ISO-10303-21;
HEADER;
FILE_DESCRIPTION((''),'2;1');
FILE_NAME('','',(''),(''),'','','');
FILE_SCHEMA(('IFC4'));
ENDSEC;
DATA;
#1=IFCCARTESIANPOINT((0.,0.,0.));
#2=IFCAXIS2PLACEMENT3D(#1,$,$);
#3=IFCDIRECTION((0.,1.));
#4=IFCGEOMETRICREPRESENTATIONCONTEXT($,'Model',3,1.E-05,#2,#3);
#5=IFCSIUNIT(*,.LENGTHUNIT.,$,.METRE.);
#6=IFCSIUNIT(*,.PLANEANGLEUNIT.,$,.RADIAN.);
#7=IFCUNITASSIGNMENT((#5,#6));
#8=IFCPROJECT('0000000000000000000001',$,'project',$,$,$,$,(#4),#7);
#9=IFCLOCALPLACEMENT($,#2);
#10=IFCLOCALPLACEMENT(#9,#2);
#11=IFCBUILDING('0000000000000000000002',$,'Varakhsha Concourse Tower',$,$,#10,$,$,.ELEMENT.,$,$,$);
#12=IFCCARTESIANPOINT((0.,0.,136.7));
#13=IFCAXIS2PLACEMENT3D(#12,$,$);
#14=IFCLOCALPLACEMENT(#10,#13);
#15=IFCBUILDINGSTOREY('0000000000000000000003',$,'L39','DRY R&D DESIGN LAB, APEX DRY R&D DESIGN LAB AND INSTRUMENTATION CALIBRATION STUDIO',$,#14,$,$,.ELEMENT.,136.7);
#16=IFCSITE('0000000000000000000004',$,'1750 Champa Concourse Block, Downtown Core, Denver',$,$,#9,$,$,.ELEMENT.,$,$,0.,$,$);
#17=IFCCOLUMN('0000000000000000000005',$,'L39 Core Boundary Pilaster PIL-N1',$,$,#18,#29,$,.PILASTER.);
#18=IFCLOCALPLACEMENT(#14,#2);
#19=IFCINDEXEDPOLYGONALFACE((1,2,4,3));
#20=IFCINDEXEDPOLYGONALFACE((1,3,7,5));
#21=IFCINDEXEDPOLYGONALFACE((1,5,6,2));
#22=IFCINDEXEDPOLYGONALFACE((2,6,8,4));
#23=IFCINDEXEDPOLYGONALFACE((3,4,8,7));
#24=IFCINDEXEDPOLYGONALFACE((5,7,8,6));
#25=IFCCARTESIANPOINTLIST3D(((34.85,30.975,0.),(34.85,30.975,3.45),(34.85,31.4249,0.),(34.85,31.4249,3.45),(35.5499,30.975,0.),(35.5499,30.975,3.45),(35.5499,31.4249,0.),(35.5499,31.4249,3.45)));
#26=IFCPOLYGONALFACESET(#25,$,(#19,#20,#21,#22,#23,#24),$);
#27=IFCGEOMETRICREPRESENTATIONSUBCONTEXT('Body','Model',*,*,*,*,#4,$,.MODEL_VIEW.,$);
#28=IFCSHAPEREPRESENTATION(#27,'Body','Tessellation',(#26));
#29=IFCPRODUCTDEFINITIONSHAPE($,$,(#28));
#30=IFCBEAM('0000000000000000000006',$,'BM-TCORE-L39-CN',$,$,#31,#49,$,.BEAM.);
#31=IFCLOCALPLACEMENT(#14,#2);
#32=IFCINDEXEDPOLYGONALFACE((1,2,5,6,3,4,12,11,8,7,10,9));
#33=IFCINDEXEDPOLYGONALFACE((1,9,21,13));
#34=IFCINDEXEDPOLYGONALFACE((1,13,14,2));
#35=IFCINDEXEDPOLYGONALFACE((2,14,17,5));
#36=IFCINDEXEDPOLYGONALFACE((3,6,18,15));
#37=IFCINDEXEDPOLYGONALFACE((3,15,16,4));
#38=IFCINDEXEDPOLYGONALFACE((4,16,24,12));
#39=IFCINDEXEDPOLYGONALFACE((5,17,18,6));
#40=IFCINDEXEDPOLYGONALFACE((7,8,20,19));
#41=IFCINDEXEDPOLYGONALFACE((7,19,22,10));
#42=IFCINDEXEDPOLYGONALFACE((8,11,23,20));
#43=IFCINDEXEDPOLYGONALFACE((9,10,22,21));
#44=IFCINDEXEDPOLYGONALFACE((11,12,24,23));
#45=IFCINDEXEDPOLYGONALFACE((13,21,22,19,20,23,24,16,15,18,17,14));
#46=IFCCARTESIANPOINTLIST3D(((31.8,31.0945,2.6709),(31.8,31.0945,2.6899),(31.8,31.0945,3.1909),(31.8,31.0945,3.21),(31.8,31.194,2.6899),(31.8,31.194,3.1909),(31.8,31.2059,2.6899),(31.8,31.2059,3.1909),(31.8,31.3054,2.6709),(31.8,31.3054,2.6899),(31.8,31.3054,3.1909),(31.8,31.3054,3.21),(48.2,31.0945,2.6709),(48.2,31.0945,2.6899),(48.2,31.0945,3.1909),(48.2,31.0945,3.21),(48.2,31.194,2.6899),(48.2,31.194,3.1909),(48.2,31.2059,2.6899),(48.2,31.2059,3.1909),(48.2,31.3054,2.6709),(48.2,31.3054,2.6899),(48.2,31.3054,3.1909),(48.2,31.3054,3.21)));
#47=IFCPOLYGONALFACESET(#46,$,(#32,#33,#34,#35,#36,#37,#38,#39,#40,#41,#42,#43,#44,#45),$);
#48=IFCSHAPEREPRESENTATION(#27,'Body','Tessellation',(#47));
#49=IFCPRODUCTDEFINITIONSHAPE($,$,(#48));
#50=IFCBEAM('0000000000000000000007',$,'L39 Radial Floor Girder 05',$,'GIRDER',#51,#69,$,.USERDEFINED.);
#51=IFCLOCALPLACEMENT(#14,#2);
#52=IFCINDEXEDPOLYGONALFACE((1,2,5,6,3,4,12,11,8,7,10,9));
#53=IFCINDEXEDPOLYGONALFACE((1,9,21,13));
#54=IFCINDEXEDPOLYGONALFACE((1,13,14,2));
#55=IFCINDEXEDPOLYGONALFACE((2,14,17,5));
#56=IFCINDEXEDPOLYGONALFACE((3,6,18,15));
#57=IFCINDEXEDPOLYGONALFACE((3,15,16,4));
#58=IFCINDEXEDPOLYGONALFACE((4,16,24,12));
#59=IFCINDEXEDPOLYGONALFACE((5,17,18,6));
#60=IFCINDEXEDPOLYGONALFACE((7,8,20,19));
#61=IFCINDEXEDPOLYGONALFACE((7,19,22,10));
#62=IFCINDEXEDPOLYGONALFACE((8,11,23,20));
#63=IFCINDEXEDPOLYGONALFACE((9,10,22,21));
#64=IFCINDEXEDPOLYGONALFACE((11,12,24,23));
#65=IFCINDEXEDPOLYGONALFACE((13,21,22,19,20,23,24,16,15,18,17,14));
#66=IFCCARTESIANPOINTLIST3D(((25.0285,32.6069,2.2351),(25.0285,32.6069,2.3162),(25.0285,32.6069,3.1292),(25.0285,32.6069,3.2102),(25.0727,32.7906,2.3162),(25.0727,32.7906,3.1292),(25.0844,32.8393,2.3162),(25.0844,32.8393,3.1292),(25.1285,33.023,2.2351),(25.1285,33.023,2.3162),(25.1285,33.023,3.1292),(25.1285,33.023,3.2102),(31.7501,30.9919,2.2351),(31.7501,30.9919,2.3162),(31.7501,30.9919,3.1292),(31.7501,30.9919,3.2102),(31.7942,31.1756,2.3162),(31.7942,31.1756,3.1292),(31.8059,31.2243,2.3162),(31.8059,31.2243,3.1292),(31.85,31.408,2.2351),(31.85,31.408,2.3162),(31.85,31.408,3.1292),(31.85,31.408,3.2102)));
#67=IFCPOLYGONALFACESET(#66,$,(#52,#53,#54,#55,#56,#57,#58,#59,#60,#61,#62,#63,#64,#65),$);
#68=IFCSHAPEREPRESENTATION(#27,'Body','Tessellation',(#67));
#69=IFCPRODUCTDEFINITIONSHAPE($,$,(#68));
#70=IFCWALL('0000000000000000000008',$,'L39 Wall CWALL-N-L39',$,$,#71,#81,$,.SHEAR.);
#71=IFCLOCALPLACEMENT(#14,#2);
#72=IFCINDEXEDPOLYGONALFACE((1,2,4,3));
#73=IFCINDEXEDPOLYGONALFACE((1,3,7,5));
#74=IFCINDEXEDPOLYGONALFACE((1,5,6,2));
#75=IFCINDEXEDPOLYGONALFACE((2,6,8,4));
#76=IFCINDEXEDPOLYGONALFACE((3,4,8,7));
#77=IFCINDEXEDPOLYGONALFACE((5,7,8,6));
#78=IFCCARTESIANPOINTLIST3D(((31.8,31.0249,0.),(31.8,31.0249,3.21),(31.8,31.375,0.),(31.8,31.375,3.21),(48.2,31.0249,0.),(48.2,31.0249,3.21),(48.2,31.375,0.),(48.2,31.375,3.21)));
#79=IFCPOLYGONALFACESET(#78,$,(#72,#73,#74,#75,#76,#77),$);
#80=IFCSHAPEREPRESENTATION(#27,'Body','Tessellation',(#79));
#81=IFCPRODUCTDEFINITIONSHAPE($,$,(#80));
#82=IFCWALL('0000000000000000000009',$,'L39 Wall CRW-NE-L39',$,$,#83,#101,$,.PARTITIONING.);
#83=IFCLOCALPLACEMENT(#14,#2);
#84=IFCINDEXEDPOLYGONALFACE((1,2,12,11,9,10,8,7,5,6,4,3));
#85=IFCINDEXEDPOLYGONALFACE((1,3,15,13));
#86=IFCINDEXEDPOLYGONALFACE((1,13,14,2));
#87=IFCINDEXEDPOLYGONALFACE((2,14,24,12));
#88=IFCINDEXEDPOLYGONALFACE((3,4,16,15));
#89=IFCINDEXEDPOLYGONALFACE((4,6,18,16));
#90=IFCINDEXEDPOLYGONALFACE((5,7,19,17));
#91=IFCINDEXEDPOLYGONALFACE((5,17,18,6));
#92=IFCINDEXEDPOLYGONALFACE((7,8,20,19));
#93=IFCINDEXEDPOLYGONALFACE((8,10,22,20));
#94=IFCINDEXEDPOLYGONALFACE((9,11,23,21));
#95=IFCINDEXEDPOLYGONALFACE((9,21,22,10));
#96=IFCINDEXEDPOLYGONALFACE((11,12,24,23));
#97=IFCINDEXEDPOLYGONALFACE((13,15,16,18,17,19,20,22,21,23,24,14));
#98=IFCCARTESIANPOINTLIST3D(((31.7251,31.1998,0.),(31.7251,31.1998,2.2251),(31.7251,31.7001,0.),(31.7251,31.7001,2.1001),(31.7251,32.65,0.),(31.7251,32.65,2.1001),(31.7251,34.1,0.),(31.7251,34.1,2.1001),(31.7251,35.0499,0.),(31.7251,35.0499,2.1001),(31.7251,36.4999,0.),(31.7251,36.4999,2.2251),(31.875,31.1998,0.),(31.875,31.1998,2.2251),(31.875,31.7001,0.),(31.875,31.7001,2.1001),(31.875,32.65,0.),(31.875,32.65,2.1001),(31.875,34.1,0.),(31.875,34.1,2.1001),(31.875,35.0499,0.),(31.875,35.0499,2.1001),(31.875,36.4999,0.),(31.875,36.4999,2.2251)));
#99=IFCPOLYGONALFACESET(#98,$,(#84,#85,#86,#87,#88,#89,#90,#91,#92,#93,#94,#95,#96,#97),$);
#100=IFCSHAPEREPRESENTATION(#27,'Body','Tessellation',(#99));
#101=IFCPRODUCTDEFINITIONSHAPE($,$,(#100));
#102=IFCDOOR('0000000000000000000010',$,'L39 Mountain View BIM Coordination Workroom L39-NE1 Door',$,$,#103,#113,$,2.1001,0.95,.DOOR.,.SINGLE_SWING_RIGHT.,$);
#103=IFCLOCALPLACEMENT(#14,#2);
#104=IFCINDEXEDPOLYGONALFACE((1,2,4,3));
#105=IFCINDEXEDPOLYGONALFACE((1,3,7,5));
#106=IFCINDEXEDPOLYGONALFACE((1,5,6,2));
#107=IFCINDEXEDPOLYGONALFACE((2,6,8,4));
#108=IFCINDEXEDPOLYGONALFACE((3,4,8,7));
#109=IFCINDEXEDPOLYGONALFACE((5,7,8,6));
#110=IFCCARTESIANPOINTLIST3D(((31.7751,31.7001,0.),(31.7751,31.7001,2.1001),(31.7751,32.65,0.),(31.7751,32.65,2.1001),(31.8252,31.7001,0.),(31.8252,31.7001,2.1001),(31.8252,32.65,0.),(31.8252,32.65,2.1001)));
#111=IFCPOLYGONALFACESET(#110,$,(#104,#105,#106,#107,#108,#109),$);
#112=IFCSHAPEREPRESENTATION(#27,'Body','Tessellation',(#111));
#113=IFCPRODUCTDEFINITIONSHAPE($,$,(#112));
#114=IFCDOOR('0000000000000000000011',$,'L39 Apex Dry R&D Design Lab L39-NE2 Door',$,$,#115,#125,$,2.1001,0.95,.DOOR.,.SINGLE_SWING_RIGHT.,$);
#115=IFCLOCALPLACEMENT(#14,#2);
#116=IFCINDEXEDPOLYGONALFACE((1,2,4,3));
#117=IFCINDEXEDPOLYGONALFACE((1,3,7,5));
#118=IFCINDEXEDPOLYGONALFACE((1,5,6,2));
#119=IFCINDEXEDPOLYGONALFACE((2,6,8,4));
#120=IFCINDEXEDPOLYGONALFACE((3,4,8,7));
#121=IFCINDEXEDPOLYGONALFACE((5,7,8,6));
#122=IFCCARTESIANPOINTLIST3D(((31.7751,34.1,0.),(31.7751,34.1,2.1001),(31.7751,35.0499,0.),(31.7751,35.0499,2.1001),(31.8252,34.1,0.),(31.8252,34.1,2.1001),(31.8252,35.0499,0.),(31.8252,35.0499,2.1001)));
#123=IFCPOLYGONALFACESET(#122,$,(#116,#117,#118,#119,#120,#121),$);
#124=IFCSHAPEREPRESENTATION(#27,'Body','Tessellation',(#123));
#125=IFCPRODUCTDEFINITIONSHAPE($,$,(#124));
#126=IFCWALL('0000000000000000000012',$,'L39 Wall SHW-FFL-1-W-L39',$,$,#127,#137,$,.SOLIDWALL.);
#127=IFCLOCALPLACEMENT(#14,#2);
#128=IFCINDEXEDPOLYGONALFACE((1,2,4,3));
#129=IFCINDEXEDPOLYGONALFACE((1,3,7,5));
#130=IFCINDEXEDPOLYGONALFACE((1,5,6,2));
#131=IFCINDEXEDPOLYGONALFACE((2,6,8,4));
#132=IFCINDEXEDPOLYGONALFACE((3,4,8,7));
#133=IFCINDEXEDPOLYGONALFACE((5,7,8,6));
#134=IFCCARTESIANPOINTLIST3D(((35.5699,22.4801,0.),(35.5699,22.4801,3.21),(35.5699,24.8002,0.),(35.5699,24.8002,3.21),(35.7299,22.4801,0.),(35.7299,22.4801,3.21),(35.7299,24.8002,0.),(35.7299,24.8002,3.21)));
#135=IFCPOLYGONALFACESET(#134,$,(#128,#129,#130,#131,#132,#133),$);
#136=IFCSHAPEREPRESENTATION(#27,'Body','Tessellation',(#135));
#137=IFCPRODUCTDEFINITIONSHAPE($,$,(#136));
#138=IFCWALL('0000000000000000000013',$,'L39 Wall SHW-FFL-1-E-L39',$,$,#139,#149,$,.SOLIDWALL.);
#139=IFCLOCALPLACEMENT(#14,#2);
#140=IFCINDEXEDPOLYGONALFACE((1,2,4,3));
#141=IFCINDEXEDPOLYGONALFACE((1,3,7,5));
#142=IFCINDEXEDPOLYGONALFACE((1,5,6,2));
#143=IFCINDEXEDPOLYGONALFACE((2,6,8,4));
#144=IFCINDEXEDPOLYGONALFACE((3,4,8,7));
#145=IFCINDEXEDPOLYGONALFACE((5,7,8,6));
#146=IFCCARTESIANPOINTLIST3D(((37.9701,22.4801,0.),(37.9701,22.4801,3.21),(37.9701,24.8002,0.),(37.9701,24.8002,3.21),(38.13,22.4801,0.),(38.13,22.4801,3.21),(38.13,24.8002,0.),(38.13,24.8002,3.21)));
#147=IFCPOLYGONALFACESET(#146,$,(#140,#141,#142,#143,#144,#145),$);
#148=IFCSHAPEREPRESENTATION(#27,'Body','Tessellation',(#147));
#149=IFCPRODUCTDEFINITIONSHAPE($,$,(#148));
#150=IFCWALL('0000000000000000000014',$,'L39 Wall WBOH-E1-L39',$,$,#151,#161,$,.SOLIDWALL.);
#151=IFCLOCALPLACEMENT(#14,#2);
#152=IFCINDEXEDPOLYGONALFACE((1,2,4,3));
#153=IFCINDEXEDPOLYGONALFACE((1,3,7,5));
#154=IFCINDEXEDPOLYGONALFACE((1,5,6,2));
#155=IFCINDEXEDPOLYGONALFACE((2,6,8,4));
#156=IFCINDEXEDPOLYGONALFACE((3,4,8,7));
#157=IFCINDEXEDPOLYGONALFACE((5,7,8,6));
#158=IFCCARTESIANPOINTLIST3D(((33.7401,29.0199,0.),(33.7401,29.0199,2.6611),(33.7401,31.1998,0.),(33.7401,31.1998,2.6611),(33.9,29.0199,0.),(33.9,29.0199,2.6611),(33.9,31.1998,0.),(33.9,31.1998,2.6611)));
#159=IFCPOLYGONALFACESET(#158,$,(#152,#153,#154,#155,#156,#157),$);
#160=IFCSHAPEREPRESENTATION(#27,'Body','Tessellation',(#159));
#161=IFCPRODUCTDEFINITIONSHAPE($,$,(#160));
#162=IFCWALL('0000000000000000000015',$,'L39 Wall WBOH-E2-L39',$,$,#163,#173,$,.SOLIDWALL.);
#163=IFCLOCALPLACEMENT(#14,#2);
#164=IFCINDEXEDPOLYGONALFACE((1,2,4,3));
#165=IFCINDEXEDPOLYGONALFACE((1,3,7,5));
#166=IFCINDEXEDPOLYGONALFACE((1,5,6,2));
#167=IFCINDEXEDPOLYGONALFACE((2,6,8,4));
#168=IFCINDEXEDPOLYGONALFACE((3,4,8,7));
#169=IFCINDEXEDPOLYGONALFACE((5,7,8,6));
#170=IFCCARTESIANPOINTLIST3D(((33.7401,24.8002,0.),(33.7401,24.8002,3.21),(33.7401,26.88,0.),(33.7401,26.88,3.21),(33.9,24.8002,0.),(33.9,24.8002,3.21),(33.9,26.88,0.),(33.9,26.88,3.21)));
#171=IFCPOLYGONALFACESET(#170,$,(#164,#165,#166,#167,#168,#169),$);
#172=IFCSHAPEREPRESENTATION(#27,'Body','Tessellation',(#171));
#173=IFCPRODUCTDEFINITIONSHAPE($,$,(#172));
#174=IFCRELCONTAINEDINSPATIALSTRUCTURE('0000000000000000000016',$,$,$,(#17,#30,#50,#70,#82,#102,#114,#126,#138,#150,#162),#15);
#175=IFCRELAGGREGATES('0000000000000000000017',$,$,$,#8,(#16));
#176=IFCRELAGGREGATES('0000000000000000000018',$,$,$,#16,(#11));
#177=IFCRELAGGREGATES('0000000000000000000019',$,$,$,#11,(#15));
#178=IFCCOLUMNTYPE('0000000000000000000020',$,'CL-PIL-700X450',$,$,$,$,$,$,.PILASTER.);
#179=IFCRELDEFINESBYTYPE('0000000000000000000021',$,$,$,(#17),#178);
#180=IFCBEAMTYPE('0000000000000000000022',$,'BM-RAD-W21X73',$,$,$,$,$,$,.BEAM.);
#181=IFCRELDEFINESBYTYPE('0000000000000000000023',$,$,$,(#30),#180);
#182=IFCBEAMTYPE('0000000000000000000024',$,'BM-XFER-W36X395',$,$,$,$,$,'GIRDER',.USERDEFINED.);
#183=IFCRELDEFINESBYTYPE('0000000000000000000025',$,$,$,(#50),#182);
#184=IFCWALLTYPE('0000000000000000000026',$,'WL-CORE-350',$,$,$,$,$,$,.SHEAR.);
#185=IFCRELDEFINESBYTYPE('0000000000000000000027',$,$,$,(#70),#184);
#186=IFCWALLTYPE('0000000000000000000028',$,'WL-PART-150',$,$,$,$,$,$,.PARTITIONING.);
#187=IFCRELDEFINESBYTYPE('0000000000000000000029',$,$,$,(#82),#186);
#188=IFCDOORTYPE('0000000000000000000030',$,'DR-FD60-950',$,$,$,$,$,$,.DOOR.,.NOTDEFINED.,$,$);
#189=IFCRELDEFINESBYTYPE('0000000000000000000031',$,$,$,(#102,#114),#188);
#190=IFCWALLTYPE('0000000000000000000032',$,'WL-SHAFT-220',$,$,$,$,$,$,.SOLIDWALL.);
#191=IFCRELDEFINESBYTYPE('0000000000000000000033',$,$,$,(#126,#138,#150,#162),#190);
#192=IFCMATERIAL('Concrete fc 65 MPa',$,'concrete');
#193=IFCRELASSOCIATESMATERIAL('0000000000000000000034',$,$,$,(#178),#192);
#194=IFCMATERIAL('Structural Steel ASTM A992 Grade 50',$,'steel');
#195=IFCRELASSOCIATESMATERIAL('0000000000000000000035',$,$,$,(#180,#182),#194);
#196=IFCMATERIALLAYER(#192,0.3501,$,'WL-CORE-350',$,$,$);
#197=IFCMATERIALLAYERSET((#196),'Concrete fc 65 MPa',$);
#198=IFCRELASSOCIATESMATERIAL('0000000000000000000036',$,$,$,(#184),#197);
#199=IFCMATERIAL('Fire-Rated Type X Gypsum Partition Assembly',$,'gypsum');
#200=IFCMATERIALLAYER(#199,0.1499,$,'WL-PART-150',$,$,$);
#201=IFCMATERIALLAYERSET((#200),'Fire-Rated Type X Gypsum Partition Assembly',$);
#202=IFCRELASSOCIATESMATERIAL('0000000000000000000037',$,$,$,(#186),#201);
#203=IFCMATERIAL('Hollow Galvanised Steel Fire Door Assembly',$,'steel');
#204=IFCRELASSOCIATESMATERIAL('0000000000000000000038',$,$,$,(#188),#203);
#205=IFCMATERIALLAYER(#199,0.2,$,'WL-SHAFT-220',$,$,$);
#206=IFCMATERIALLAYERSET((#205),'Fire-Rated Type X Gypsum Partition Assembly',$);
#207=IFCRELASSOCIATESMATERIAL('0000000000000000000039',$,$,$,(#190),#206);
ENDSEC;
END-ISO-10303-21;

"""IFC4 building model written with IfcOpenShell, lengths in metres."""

from ifc_helpers import new_model, si_unit, direction, frame, frame_2d, origin, origin_2d, place, context, subcontext, project, spatial, rectangle, i_section, extrude, material, layer, layer_set, material_profile, profile_set, type_object, element, fill, save


model = new_model("IFC4")

# Units and contexts
model_context = context("Model", 3, precision=1e-05, world=origin(), true_north=direction((0.0, 1.0)))
body_context = subcontext(model_context, "Body", "Model", "MODEL_VIEW")
ifc_project = project(units=[si_unit("LENGTHUNIT", "METRE"), si_unit("PLANEANGLEUNIT", "RADIAN")], contexts=[model_context])

# Site, building, storey
site_placement = place(None, origin())
site = spatial("IfcSite", under=ifc_project, at=site_placement, Name="1750 Champa Concourse Block, Downtown Core, Denver", CompositionType="ELEMENT", RefElevation=0.0)
building_placement = place(site_placement, origin())
building = spatial("IfcBuilding", under=site, at=building_placement, Name="Varakhsha Concourse Tower", CompositionType="ELEMENT")
storey_placement = place(building_placement, frame((0.0, 0.0, 136.7)))
storey = spatial("IfcBuildingStorey", under=building, at=storey_placement, Name="L39", Description="DRY R&D DESIGN LAB, APEX DRY R&D DESIGN LAB AND INSTRUMENTATION CALIBRATION STUDIO", CompositionType="ELEMENT", Elevation=136.7)

# Column
ifc_material_1 = material(Name="Concrete fc 65 MPa", Category="concrete")
ifc_material_profile_1 = material_profile(ifc_material_1, rectangle(XDim=0.7, YDim=0.45, at=origin_2d()), Name="RC 700x450")
ifc_profile_set_1 = profile_set([ifc_material_profile_1], Name="Concrete fc 65 MPa")
column_type = type_object("IfcColumnType", Name="CL-PIL-700X450", PredefinedType="PILASTER", material=ifc_profile_set_1)
column_placement = place(storey_placement, frame((35.2, 31.2, 0.0), z_axis=(0.0, 0.0, 1.0), x_axis=(1.0, 0.0, 0.0)))
element("IfcColumn", 1, at=column_placement, inside=storey, type_object=column_type, Name="L39 Core Boundary Pilaster PIL-N1", PredefinedType="PILASTER", context=body_context, shape_type="SweptSolid", body=[
    extrude(rectangle(XDim=0.7, YDim=0.45, at=origin_2d()), origin(), (0.0, 0.0, 1.0), 3.45),
])

# Beams
ifc_material_2 = material(Name="Structural Steel ASTM A992 Grade 50", Category="steel")
ifc_material_profile_2 = material_profile(ifc_material_2, i_section(OverallWidth=0.2109, OverallDepth=0.5391, WebThickness=0.012, FlangeThickness=0.019, at=origin_2d()), Name="W21X73")
ifc_profile_set_2 = profile_set([ifc_material_profile_2], Name="Structural Steel ASTM A992 Grade 50")
beam_type_1 = type_object("IfcBeamType", Name="BM-RAD-W21X73", PredefinedType="BEAM", material=ifc_profile_set_2)
beam_1_placement = place(storey_placement, frame((31.8, 31.2, 2.9404), z_axis=(1.0, 0.0, 0.0), x_axis=(0.0, 1.0, 0.0)))
element("IfcBeam", 2, at=beam_1_placement, inside=storey, type_object=beam_type_1, Name="BM-TCORE-L39-CN", PredefinedType="BEAM", context=body_context, shape_type="SweptSolid", body=[
    extrude(i_section(OverallWidth=0.2109, OverallDepth=0.5391, WebThickness=0.012, FlangeThickness=0.019, at=origin_2d()), origin(), (0.0, 0.0, 1.0), 16.3999),
])
ifc_material_profile_3 = material_profile(ifc_material_2, i_section(OverallWidth=0.428, OverallDepth=0.9751, WebThickness=0.05, FlangeThickness=0.0811, at=origin_2d()), Name="W36X395")
ifc_profile_set_3 = profile_set([ifc_material_profile_3], Name="Structural Steel ASTM A992 Grade 50")
beam_type_2 = type_object("IfcBeamType", Name="BM-XFER-W36X395", ElementType="GIRDER", PredefinedType="USERDEFINED", material=ifc_profile_set_3)
beam_2_placement = place(storey_placement, frame((31.8, 31.2, 2.7227), z_axis=(-0.972327, 0.233625, 0.0), x_axis=(-0.233625, -0.972327, 0.0)))
element("IfcBeam", 3, at=beam_2_placement, inside=storey, type_object=beam_type_2, Name="L39 Radial Floor Girder 05", ObjectType="GIRDER", PredefinedType="USERDEFINED", context=body_context, shape_type="SweptSolid", body=[
    extrude(i_section(OverallWidth=0.428, OverallDepth=0.9751, WebThickness=0.05, FlangeThickness=0.0811, at=origin_2d()), origin(), (0.0, 0.0, 1.0), 6.9128),
])

# Wall
ifc_layer_1 = layer(ifc_material_1, 0.3501, Name="WL-CORE-350")
ifc_layer_set_1 = layer_set([ifc_layer_1], Name="Concrete fc 65 MPa")
wall_type_1 = type_object("IfcWallType", Name="WL-CORE-350", PredefinedType="SHEAR", material=ifc_layer_set_1)
wall_1_placement = place(storey_placement, frame((31.8, 31.2, 0.0), z_axis=(0.0, 0.0, 1.0), x_axis=(1.0, 0.0, 0.0)))
element("IfcWall", 4, at=wall_1_placement, inside=storey, type_object=wall_type_1, Name="L39 Wall CWALL-N-L39", PredefinedType="SHEAR", context=body_context, shape_type="SweptSolid", body=[
    extrude(rectangle(XDim=16.3999, YDim=0.3501, at=frame_2d((8.2, 0.0))), origin(), (0.0, 0.0, 1.0), 3.21),
])

# Wall, openings, doors
ifc_material_3 = material(Name="Fire-Rated Type X Gypsum Partition Assembly", Category="gypsum")
ifc_layer_2 = layer(ifc_material_3, 0.1499, Name="WL-PART-150")
ifc_layer_set_2 = layer_set([ifc_layer_2], Name="Fire-Rated Type X Gypsum Partition Assembly")
wall_type_2 = type_object("IfcWallType", Name="WL-PART-150", PredefinedType="PARTITIONING", material=ifc_layer_set_2)
wall_2_placement = place(storey_placement, frame((31.8, 31.2, 0.0), z_axis=(0.0, 0.0, 1.0), x_axis=(0.0, 1.0, 0.0)))
wall_2 = element("IfcWall", 5, at=wall_2_placement, inside=storey, type_object=wall_type_2, Name="L39 Wall CRW-NE-L39", PredefinedType="PARTITIONING", context=body_context, shape_type="SweptSolid", body=[
    extrude(rectangle(XDim=5.3, YDim=0.1499, at=frame_2d((2.6499, 0.0))), origin(), (0.0, 0.0, 1.0), 2.2251),
])
opening_1_placement = place(wall_2_placement, frame((0.5, 0.0, 0.0)))
opening_1 = element("IfcOpeningElement", 6, at=opening_1_placement, cuts=wall_2, PredefinedType="OPENING", context=body_context, shape_type="SweptSolid", body=[
    extrude(rectangle(XDim=0.95, YDim=2.1001, at=frame_2d((0.4751, 1.05))), frame((0.0, 0.085, 0.0), z_axis=(0.0, -1.0, 0.0), x_axis=(1.0, 0.0, 0.0)), (0.0, 0.0, 1.0), 0.1699),
])
opening_2_placement = place(wall_2_placement, frame((2.8999, 0.0, 0.0)))
opening_2 = element("IfcOpeningElement", 7, at=opening_2_placement, cuts=wall_2, PredefinedType="OPENING", context=body_context, shape_type="SweptSolid", body=[
    extrude(rectangle(XDim=0.95, YDim=2.1001, at=frame_2d((0.4751, 1.05))), frame((0.0, 0.085, 0.0), z_axis=(0.0, -1.0, 0.0), x_axis=(1.0, 0.0, 0.0)), (0.0, 0.0, 1.0), 0.1699),
])
ifc_material_4 = material(Name="Hollow Galvanised Steel Fire Door Assembly", Category="steel")
door_type_1 = type_object("IfcDoorType", Name="DR-FD60-950", OperationType="NOTDEFINED", PredefinedType="DOOR", material=ifc_material_4)
door_1_placement = place(opening_1_placement, origin())
door_1 = element("IfcDoor", 8, at=door_1_placement, inside=storey, type_object=door_type_1, Name="L39 Mountain View BIM Coordination Workroom L39-NE1 Door", OperationType="SINGLE_SWING_RIGHT", OverallHeight=2.1001, OverallWidth=0.95, PredefinedType="DOOR", context=body_context, shape_type="SweptSolid", body=[
    extrude(rectangle(XDim=0.95, YDim=2.1001, at=frame_2d((0.4751, 1.05))), frame((0.0, 0.0249, 0.0), z_axis=(0.0, -1.0, 0.0), x_axis=(1.0, 0.0, 0.0)), (0.0, 0.0, 1.0), 0.05),
])
fill(opening_1, door_1)
door_2_placement = place(opening_2_placement, origin())
door_2 = element("IfcDoor", 9, at=door_2_placement, inside=storey, type_object=door_type_1, Name="L39 Apex Dry R&D Design Lab L39-NE2 Door", OperationType="SINGLE_SWING_RIGHT", OverallHeight=2.1001, OverallWidth=0.95, PredefinedType="DOOR", context=body_context, shape_type="SweptSolid", body=[
    extrude(rectangle(XDim=0.95, YDim=2.1001, at=frame_2d((0.4751, 1.05))), frame((0.0, 0.0249, 0.0), z_axis=(0.0, -1.0, 0.0), x_axis=(1.0, 0.0, 0.0)), (0.0, 0.0, 1.0), 0.05),
])
fill(opening_2, door_2)
ifc_layer_3 = layer(ifc_material_3, 0.2, Name="WL-SHAFT-220")
ifc_layer_set_3 = layer_set([ifc_layer_3], Name="Fire-Rated Type X Gypsum Partition Assembly")
wall_type_3 = type_object("IfcWallType", Name="WL-SHAFT-220", PredefinedType="SOLIDWALL", material=ifc_layer_set_3)

# Walls
for number, where, z_axis, x_axis, name in (
    (10, (35.6499, 22.48, 0.0), (0.0, 0.0, 1.0), (0.0, 1.0, 0.0), "L39 Wall SHW-FFL-1-W-L39"),
    (11, (38.05, 22.48, 0.0), (0.0, 0.0, 1.0), (0.0, 1.0, 0.0), "L39 Wall SHW-FFL-1-E-L39"),
):
    element("IfcWall", number, at=place(storey_placement, frame(where, z_axis=z_axis, x_axis=x_axis)), inside=storey, type_object=wall_type_3, Name=name, PredefinedType="SOLIDWALL", context=body_context, shape_type="SweptSolid", body=[
        extrude(rectangle(XDim=2.3201, YDim=0.1599, at=frame_2d((1.1602, 0.0))), origin(), (0.0, 0.0, 1.0), 3.21),
    ])

# Walls
wall_3_placement = place(storey_placement, frame((33.8201, 29.02, 0.0), z_axis=(0.0, 0.0, 1.0), x_axis=(0.0, 1.0, 0.0)))
element("IfcWall", 12, at=wall_3_placement, inside=storey, type_object=wall_type_3, Name="L39 Wall WBOH-E1-L39", PredefinedType="SOLIDWALL", context=body_context, shape_type="SweptSolid", body=[
    extrude(rectangle(XDim=2.1799, YDim=0.1599, at=frame_2d((1.0898, 0.0))), origin(), (0.0, 0.0, 1.0), 2.6611),
])
for number, where, z_axis, x_axis, name in (
    (13, (33.8201, 24.8, 0.0), (0.0, 0.0, 1.0), (0.0, 1.0, 0.0), "L39 Wall WBOH-E2-L39"),
):
    element("IfcWall", number, at=place(storey_placement, frame(where, z_axis=z_axis, x_axis=x_axis)), inside=storey, type_object=wall_type_3, Name=name, PredefinedType="SOLIDWALL", context=body_context, shape_type="SweptSolid", body=[
        extrude(rectangle(XDim=2.0798, YDim=0.1599, at=frame_2d((1.04, 0.0))), origin(), (0.0, 0.0, 1.0), 3.21),
    ])

save(model, "model.ifc")
